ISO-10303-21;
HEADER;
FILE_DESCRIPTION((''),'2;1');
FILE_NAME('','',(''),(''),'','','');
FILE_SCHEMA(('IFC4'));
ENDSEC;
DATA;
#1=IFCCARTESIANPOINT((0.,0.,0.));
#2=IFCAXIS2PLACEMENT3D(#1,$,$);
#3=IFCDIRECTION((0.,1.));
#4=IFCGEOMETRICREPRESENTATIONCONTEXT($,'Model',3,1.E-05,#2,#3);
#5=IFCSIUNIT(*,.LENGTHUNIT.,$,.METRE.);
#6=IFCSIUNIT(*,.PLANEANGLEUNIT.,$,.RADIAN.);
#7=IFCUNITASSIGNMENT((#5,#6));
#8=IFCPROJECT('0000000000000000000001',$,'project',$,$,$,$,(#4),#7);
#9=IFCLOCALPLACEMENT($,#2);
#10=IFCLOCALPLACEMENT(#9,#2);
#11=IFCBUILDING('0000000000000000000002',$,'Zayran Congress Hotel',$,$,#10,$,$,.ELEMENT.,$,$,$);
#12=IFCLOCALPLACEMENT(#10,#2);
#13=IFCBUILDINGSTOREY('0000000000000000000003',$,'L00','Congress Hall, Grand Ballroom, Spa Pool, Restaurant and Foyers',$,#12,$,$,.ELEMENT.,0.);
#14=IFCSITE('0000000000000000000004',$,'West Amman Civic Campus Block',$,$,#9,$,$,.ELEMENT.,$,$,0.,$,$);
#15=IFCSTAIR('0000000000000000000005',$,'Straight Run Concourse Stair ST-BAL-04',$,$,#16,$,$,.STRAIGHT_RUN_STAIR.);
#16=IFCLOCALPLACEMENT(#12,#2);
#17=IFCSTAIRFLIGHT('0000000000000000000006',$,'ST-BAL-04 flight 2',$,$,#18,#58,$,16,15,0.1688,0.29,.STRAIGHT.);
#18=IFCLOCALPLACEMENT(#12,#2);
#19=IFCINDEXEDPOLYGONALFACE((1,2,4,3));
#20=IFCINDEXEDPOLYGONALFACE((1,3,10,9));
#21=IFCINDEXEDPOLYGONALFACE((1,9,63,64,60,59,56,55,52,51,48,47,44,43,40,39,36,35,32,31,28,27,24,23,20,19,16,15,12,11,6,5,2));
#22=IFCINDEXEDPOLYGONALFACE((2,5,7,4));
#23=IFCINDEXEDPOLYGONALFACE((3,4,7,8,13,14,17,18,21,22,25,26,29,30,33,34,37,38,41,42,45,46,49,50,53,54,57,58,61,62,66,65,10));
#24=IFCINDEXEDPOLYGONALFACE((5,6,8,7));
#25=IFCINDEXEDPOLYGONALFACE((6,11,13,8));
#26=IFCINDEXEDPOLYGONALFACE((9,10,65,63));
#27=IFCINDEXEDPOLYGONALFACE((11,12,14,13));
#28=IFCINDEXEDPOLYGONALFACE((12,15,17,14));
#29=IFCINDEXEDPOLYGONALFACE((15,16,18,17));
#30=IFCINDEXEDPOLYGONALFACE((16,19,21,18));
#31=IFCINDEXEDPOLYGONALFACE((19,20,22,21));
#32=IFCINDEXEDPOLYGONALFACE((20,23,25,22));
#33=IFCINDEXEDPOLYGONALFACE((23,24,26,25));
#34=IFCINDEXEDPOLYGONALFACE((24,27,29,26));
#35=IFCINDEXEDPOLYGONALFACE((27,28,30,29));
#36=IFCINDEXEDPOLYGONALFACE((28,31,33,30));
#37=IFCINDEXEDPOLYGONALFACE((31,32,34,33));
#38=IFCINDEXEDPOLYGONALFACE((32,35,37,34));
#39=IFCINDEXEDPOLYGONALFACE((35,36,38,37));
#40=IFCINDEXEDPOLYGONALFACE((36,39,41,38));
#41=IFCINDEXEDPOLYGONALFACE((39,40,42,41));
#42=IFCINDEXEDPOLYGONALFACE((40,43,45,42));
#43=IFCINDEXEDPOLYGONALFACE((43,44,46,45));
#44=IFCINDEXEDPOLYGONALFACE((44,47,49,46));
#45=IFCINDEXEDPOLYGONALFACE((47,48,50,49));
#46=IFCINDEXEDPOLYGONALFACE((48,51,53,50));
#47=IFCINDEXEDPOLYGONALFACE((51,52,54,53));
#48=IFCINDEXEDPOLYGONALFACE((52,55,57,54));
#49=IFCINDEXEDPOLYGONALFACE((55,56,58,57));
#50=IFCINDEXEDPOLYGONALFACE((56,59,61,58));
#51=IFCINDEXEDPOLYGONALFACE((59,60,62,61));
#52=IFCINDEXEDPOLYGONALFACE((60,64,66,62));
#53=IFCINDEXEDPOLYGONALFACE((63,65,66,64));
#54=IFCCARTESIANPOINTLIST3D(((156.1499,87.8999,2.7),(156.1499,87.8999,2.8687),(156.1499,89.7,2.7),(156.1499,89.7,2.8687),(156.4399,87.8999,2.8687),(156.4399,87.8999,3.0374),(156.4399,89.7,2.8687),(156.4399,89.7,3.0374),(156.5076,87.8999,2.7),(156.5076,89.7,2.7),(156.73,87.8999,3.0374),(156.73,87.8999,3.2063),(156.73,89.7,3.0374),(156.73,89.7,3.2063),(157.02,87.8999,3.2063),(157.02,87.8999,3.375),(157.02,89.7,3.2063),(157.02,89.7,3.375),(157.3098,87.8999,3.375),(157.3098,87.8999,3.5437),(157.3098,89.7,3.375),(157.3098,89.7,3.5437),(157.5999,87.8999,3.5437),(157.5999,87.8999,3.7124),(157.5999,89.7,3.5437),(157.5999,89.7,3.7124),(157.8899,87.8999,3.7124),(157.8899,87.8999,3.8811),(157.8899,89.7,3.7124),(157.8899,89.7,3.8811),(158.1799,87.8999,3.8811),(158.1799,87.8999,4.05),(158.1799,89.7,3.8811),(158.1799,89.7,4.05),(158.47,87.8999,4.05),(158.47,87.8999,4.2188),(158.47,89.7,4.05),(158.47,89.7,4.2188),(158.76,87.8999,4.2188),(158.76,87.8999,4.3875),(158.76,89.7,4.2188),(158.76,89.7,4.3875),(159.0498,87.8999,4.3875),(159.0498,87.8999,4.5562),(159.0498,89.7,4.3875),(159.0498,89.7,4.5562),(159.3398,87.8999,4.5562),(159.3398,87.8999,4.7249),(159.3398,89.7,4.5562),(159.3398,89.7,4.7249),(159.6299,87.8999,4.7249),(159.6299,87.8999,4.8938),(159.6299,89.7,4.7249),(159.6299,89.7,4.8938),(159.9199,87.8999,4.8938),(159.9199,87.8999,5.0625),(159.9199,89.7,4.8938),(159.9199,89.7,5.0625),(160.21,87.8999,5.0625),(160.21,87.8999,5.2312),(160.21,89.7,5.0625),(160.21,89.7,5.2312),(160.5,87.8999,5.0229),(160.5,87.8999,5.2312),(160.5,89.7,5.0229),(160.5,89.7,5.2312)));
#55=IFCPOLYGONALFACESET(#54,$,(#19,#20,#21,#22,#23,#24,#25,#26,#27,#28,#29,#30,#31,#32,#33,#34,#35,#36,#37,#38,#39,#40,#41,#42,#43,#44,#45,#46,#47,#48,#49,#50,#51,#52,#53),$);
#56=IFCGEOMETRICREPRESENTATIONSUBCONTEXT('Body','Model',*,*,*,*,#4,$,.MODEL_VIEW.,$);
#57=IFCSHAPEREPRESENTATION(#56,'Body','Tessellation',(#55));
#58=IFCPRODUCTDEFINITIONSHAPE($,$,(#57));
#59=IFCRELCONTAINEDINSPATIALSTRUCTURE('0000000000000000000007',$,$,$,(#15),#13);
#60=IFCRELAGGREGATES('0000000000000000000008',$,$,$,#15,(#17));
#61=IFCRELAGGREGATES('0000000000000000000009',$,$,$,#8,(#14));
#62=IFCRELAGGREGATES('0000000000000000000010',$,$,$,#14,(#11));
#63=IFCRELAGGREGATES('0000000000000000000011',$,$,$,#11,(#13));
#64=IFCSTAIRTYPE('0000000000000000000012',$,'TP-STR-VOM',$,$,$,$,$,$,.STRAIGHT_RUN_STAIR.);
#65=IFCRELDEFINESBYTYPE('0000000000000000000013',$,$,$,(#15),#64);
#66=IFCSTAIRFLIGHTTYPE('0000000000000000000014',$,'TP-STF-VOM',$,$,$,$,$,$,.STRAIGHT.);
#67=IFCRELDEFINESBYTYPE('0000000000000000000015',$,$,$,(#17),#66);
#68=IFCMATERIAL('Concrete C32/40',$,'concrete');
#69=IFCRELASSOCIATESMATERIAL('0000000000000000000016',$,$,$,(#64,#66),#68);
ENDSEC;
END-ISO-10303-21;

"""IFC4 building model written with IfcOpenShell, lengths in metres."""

from ifc_helpers import new_model, si_unit, direction, frame, origin, place, context, subcontext, project, spatial, polyline, outline, extrude, material, type_object, element, aggregate, save


model = new_model("IFC4")

# Units and contexts
model_context = context("Model", 3, precision=1e-05, world=origin(), true_north=direction((0.0, 1.0)))
body_context = subcontext(model_context, "Body", "Model", "MODEL_VIEW")
ifc_project = project(units=[si_unit("LENGTHUNIT", "METRE"), si_unit("PLANEANGLEUNIT", "RADIAN")], contexts=[model_context])

# Site, building, storey
site_placement = place(None, origin())
site = spatial("IfcSite", under=ifc_project, at=site_placement, Name="West Amman Civic Campus Block", CompositionType="ELEMENT", RefElevation=0.0)
building_placement = place(site_placement, origin())
building = spatial("IfcBuilding", under=site, at=building_placement, Name="Zayran Congress Hotel", CompositionType="ELEMENT")
storey_placement = place(building_placement, origin())
storey = spatial("IfcBuildingStorey", under=building, at=storey_placement, Name="L00", Description="Congress Hall, Grand Ballroom, Spa Pool, Restaurant and Foyers", CompositionType="ELEMENT", Elevation=0.0)

# Stair, stair flight
ifc_material_1 = material(Name="Concrete C32/40", Category="concrete")
stair_type = type_object("IfcStairType", Name="TP-STR-VOM", PredefinedType="STRAIGHT_RUN_STAIR", material=ifc_material_1)
stair_placement = place(storey_placement, origin())
stair = element("IfcStair", 1, at=stair_placement, inside=storey, type_object=stair_type, Name="Straight Run Concourse Stair ST-BAL-04", PredefinedType="STRAIGHT_RUN_STAIR")
stair_flight_type = type_object("IfcStairFlightType", Name="TP-STF-VOM", PredefinedType="STRAIGHT", material=ifc_material_1)
stair_flight_placement = place(storey_placement, frame((156.1499, 88.8, 2.7), z_axis=(0.0, 0.0, 1.0), x_axis=(1.0, 0.0, 0.0)))
stair_flight = element("IfcStairFlight", 2, at=stair_flight_placement, type_object=stair_flight_type, Name="ST-BAL-04 flight 2", NumberOfRisers=16, NumberOfTreads=15, PredefinedType="STRAIGHT", RiserHeight=0.1688, TreadLength=0.29, context=body_context, shape_type="SweptSolid", body=[
    extrude(outline(polyline([(0.0, 0.0), (0.0, 0.1687), (0.29, 0.1687), (0.29, 0.3374), (0.5801, 0.3374), (0.5801, 0.5063), (0.8701, 0.5063), (0.8701, 0.675), (1.1599, 0.675), (1.1599, 0.8438), (1.45, 0.8438), (1.45, 1.0125), (1.74, 1.0125), (1.74, 1.1812), (2.03, 1.1812), (2.03, 1.3501), (2.3201, 1.3501), (2.3201, 1.5188), (2.6101, 1.5188), (2.6101, 1.6875), (2.8999, 1.6875), (2.8999, 1.8562), (3.1899, 1.8562), (3.1899, 2.0249), (3.48, 2.0249), (3.48, 2.1938), (3.77, 2.1938), (3.77, 2.3625), (4.0601, 2.3625), (4.0601, 2.5312), (4.3501, 2.5312), (4.3501, 2.7), (4.3501, 2.323), (0.3577, 0.0), (0.0, 0.0)])), frame((0.0, 0.8999, 0.0), z_axis=(0.0, -1.0, 0.0), x_axis=(1.0, 0.0, 0.0)), (0.0, 0.0, 1.0), 1.8),
])
aggregate(stair, [stair_flight])

save(model, "model.ifc")
